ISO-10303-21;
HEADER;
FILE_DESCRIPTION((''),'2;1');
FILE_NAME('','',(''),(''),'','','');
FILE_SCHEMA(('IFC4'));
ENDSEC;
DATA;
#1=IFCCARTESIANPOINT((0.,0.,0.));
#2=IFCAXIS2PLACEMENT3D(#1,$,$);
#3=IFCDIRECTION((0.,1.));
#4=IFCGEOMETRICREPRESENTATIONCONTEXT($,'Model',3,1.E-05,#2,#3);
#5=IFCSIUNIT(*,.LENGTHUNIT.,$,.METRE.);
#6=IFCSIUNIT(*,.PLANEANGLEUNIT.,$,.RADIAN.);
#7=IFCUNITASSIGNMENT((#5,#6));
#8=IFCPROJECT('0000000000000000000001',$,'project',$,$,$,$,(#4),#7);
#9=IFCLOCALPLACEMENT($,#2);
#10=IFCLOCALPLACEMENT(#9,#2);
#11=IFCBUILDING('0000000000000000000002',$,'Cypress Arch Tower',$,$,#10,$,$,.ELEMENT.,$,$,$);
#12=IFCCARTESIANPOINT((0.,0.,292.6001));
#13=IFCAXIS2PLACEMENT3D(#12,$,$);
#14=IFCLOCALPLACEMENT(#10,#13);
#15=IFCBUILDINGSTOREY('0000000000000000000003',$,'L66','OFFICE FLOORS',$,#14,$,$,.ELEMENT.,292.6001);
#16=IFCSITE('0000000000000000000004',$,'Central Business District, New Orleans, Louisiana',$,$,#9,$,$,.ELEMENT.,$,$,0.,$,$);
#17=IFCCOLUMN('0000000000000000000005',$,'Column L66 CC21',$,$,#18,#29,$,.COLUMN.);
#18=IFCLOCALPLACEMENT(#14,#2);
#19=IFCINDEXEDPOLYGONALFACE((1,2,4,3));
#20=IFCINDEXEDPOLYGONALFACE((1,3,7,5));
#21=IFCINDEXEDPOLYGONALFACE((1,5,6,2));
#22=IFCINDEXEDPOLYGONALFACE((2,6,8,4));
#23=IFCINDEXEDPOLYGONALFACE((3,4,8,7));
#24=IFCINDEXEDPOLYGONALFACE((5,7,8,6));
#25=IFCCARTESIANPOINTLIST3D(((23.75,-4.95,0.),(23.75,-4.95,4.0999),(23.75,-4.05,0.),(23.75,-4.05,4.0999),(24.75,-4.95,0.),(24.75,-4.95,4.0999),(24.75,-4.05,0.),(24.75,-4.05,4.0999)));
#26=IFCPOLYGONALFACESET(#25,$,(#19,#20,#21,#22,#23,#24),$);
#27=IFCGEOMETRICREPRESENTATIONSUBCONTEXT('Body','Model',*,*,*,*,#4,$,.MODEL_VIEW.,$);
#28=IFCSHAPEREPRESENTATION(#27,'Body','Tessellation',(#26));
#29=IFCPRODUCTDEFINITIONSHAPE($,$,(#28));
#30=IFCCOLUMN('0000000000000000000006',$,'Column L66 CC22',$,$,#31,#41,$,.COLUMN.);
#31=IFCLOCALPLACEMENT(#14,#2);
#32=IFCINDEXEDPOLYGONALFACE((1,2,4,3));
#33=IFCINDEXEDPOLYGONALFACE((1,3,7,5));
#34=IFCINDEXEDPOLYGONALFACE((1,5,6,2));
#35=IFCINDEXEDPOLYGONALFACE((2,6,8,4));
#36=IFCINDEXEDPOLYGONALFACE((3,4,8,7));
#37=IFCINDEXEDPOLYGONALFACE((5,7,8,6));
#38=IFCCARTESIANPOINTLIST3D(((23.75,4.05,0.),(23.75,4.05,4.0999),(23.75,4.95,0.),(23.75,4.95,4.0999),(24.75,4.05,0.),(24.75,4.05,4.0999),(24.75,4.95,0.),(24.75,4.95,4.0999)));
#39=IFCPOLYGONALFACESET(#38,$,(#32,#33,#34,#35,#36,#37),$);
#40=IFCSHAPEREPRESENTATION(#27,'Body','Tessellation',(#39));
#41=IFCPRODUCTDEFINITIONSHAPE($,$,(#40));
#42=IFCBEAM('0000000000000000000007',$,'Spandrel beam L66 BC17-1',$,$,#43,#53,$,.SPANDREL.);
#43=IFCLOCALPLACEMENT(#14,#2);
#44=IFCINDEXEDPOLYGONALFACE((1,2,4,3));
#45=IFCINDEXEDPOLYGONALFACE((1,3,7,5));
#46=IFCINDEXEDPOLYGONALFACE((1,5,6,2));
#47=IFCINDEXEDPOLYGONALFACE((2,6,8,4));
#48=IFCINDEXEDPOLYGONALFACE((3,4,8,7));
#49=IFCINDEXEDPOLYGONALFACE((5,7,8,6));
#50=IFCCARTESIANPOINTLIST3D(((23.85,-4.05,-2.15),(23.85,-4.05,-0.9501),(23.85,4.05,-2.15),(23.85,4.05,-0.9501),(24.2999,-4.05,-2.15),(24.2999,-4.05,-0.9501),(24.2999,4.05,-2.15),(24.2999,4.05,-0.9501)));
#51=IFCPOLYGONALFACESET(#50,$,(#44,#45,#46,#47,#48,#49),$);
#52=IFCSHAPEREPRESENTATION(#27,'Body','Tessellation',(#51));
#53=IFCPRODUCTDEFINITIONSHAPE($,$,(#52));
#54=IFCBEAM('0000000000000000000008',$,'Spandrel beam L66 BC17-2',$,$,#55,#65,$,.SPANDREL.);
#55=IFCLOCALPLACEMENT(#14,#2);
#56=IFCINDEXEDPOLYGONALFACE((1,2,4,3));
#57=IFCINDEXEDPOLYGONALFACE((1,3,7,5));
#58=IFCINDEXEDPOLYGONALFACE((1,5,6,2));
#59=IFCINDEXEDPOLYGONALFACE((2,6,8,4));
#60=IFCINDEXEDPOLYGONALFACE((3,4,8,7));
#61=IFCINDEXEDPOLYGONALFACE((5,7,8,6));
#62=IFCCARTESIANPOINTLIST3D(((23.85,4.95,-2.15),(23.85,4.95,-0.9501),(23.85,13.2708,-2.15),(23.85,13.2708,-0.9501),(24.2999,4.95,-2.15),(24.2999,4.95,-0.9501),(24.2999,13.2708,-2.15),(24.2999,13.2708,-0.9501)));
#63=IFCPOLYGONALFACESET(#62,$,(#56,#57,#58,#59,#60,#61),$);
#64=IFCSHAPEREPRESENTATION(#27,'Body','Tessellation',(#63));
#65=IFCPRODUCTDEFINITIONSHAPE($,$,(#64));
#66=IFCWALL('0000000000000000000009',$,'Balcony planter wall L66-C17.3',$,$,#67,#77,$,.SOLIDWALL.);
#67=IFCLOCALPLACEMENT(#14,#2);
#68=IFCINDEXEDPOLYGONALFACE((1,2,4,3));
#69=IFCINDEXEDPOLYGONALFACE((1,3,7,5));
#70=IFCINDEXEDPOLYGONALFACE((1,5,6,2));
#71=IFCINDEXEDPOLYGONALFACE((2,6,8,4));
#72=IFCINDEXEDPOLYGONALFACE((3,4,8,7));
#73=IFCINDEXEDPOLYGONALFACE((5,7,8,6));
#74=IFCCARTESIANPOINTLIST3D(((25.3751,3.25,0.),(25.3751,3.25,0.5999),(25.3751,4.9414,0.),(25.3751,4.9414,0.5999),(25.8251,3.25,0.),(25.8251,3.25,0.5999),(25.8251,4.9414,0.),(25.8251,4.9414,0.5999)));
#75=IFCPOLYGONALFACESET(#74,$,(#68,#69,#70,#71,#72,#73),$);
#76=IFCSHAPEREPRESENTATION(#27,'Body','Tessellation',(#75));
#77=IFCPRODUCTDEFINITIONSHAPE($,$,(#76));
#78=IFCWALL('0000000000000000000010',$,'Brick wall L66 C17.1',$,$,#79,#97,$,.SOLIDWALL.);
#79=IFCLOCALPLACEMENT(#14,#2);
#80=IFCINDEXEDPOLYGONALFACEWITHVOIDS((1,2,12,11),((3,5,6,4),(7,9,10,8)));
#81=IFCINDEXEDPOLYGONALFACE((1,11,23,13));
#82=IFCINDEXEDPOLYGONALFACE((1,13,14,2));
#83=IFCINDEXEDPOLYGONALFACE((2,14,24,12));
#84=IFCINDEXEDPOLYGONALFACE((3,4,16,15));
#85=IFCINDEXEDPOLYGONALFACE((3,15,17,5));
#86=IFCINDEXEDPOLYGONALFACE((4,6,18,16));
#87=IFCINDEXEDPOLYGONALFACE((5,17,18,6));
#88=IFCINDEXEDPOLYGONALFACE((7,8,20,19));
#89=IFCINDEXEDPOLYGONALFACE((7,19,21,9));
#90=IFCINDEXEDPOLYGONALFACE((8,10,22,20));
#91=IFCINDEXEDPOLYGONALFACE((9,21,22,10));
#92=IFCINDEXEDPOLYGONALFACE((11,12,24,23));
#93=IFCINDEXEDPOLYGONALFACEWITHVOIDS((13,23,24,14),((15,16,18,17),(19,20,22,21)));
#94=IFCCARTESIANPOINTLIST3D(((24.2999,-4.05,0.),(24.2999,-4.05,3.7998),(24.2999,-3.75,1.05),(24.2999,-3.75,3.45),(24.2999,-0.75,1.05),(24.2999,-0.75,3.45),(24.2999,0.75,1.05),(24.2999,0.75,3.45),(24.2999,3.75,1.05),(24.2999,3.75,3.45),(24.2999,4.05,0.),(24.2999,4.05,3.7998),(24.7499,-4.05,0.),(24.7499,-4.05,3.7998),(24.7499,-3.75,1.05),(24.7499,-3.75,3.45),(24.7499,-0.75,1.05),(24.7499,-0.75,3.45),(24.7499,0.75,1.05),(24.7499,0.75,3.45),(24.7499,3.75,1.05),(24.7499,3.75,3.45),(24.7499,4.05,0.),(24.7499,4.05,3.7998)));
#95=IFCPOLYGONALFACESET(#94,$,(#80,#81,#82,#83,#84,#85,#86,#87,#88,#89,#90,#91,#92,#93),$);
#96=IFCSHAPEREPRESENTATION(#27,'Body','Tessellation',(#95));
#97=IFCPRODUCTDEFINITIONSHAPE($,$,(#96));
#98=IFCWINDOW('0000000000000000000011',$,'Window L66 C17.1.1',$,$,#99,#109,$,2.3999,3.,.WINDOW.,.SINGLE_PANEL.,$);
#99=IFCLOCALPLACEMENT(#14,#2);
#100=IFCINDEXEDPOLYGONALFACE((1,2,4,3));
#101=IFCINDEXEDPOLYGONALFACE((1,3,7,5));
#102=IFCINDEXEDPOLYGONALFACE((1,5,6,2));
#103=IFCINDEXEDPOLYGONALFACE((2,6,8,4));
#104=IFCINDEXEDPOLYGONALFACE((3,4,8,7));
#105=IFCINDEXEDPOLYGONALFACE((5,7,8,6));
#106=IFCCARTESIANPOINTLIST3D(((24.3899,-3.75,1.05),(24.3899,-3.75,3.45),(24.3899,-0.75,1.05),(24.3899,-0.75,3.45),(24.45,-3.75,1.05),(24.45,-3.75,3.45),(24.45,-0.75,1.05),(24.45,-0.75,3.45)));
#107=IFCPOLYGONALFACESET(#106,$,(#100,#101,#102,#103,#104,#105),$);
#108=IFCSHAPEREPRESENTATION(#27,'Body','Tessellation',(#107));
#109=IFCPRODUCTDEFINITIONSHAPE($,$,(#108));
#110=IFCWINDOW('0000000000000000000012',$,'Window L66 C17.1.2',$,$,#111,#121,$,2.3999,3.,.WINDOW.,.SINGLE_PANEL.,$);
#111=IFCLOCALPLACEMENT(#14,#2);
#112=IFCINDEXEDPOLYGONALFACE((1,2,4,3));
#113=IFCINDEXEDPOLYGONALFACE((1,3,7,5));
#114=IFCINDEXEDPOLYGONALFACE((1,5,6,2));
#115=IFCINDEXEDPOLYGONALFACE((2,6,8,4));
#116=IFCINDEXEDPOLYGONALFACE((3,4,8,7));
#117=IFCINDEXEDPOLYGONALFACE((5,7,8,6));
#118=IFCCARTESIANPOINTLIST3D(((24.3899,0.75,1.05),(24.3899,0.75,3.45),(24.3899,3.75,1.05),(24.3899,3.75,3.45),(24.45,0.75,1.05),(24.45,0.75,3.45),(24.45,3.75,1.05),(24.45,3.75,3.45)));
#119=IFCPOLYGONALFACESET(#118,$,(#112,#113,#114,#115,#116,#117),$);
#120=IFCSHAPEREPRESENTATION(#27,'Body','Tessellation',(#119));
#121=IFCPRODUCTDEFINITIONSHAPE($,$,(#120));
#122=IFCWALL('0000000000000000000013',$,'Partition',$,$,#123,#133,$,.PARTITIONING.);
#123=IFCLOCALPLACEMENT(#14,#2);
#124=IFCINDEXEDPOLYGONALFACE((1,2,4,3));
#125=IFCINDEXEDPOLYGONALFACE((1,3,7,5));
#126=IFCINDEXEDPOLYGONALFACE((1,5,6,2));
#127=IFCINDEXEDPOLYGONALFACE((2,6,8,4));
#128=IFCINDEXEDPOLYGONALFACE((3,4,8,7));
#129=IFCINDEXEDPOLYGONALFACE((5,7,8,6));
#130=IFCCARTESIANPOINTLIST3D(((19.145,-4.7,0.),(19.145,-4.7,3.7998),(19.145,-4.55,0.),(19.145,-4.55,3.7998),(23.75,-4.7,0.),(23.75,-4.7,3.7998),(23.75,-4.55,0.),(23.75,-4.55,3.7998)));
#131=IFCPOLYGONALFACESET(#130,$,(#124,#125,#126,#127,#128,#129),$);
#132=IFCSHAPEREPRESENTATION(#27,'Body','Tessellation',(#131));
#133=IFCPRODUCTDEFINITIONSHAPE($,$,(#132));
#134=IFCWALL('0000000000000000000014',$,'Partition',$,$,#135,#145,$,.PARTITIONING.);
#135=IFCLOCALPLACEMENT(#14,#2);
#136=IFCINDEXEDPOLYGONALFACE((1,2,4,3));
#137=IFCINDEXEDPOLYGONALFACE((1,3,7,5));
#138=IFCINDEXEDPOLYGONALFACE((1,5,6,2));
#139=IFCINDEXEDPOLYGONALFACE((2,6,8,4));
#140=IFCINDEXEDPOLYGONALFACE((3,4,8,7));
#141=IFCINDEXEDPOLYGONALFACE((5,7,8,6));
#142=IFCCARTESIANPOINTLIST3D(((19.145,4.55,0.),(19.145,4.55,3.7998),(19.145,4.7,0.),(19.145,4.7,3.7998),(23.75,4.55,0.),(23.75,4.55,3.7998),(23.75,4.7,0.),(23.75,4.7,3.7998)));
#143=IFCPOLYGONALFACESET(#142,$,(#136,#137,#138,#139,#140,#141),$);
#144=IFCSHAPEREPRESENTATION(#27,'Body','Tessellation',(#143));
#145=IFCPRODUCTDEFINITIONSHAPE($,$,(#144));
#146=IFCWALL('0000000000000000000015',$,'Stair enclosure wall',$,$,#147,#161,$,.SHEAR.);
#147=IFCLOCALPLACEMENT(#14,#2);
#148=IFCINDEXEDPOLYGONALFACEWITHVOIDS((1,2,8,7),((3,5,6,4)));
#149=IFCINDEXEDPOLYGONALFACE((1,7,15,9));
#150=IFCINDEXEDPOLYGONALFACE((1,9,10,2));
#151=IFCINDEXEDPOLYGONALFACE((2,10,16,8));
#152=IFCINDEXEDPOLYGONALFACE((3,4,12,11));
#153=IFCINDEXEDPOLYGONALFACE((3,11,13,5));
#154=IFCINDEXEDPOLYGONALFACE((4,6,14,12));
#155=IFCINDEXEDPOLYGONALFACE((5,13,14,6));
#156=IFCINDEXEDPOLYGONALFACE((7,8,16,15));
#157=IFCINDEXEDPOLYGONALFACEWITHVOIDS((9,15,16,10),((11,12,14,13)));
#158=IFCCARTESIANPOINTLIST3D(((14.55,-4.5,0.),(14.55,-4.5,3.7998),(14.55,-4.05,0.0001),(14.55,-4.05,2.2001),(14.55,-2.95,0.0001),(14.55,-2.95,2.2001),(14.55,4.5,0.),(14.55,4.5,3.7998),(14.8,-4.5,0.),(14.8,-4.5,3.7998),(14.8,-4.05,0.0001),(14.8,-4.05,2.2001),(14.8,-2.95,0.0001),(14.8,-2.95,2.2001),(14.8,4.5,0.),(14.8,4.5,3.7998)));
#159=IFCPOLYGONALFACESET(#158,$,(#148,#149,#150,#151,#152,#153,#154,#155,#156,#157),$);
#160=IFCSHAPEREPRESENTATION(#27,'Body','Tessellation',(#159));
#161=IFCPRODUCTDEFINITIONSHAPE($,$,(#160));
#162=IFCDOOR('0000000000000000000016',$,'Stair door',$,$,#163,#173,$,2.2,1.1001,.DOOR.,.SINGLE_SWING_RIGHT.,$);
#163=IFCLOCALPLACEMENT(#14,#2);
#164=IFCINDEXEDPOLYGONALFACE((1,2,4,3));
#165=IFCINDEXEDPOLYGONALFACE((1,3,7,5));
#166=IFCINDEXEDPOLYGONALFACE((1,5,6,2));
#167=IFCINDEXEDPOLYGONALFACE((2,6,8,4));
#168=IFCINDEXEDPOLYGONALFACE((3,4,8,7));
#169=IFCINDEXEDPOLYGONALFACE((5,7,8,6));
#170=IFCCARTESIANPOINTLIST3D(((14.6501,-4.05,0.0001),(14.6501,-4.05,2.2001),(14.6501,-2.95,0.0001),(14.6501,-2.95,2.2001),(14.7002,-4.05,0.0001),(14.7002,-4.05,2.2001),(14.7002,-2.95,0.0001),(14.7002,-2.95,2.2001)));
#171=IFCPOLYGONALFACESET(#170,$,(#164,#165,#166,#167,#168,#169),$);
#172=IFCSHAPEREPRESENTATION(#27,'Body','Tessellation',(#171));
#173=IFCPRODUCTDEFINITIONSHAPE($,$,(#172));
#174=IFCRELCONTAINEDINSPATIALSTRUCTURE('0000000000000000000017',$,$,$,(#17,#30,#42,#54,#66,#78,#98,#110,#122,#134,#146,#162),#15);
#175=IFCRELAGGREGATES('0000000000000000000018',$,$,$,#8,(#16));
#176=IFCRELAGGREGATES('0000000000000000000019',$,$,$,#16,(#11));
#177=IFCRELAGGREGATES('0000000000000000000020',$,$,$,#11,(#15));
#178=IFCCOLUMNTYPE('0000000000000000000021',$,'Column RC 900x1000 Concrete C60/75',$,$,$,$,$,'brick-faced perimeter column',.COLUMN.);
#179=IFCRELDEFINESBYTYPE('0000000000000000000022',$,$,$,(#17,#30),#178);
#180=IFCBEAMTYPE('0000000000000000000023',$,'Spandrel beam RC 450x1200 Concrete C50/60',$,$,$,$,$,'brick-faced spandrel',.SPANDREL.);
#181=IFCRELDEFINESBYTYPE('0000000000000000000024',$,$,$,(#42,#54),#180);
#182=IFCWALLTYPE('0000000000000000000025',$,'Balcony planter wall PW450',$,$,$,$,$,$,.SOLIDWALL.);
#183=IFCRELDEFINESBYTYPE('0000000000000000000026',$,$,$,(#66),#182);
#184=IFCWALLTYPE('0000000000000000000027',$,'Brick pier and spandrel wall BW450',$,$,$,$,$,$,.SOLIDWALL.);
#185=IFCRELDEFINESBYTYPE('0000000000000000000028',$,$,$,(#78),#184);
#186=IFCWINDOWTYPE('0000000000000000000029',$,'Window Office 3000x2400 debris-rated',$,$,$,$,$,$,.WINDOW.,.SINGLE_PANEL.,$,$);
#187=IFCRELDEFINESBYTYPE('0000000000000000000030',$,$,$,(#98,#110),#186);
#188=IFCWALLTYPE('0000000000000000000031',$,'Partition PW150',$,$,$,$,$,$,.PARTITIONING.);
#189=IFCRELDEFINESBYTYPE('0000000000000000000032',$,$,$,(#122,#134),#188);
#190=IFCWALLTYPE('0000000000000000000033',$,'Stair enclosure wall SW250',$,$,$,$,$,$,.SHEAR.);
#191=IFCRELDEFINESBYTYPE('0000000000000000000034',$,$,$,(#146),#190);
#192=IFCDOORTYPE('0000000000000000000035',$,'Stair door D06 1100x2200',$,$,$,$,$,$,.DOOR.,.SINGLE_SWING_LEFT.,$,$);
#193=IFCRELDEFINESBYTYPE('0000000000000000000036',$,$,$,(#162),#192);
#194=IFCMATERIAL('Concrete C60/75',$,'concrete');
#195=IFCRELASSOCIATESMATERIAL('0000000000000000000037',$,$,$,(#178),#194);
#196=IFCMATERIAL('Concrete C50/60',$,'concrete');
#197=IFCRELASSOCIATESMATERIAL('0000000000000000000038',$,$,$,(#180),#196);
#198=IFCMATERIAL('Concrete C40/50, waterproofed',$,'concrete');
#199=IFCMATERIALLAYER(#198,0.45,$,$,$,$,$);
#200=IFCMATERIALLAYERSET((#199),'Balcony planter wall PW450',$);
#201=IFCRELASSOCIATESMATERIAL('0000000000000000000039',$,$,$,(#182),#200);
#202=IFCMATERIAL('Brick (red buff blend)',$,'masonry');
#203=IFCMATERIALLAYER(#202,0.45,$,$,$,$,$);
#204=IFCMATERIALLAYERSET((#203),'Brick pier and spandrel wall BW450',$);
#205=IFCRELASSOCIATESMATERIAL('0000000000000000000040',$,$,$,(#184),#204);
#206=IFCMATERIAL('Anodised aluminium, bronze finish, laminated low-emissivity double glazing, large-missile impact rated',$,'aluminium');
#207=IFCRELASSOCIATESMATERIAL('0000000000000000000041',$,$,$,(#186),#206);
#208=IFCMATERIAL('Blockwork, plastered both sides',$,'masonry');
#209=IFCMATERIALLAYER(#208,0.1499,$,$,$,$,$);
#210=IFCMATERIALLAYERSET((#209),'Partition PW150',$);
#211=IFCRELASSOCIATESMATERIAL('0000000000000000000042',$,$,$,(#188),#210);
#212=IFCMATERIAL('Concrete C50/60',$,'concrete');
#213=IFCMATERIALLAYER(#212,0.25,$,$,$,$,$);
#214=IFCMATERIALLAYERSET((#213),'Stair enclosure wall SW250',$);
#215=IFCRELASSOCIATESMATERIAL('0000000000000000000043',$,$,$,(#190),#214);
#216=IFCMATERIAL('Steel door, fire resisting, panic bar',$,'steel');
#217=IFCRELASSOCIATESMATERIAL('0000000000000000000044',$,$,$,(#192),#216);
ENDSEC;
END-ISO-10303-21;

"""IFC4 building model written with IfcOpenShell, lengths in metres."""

from ifc_helpers import new_model, si_unit, direction, frame, frame_2d, origin, origin_2d, place, context, subcontext, project, spatial, rectangle, extrude, material, layer, layer_set, material_profile, profile_set, type_object, element, fill, save


model = new_model("IFC4")

# Units and contexts
model_context = context("Model", 3, precision=1e-05, world=origin(), true_north=direction((0.0, 1.0)))
body_context = subcontext(model_context, "Body", "Model", "MODEL_VIEW")
ifc_project = project(units=[si_unit("LENGTHUNIT", "METRE"), si_unit("PLANEANGLEUNIT", "RADIAN")], contexts=[model_context])

# Site, building, storey
site_placement = place(None, origin())
site = spatial("IfcSite", under=ifc_project, at=site_placement, Name="Central Business District, New Orleans, Louisiana", CompositionType="ELEMENT", RefElevation=0.0)
building_placement = place(site_placement, origin())
building = spatial("IfcBuilding", under=site, at=building_placement, Name="Cypress Arch Tower", CompositionType="ELEMENT")
storey_placement = place(building_placement, frame((0.0, 0.0, 292.6001)))
storey = spatial("IfcBuildingStorey", under=building, at=storey_placement, Name="L66", Description="OFFICE FLOORS", CompositionType="ELEMENT", Elevation=292.6001)

# Columns
ifc_material_1 = material(Name="Concrete C60/75", Category="concrete")
ifc_material_profile_1 = material_profile(ifc_material_1, rectangle(XDim=0.8999, YDim=1.0, at=origin_2d()), Name="RC 900x1000")
ifc_profile_set_1 = profile_set([ifc_material_profile_1], Name="Concrete C60/75")
column_type = type_object("IfcColumnType", Name="Column RC 900x1000 Concrete C60/75", ElementType="brick-faced perimeter column", PredefinedType="COLUMN", material=ifc_profile_set_1)
for number, where, z_axis, x_axis, name in (
    (1, (24.25, -4.5, 0.0), (0.0, 0.0, 1.0), (0.0, 1.0, 0.0), "Column L66 CC21"),
    (2, (24.25, 4.5, 0.0), (0.0, 0.0, 1.0), (0.0, 1.0, 0.0), "Column L66 CC22"),
):
    element("IfcColumn", number, at=place(storey_placement, frame(where, z_axis=z_axis, x_axis=x_axis)), inside=storey, type_object=column_type, Name=name, PredefinedType="COLUMN", context=body_context, shape_type="SweptSolid", body=[
        extrude(rectangle(XDim=0.8999, YDim=1.0, at=origin_2d()), origin(), (0.0, 0.0, 1.0), 4.0999),
    ])

# Beams
ifc_material_2 = material(Name="Concrete C50/60", Category="concrete")
ifc_material_profile_2 = material_profile(ifc_material_2, rectangle(XDim=0.45, YDim=1.2, at=origin_2d()), Name="RC 450x1200")
ifc_profile_set_2 = profile_set([ifc_material_profile_2], Name="Concrete C50/60")
beam_type = type_object("IfcBeamType", Name="Spandrel beam RC 450x1200 Concrete C50/60", ElementType="brick-faced spandrel", PredefinedType="SPANDREL", material=ifc_profile_set_2)
beam_1_placement = place(storey_placement, frame((24.075, -4.05, -1.55), z_axis=(0.0, 1.0, 0.0), x_axis=(-1.0, 0.0, 0.0)))
element("IfcBeam", 3, at=beam_1_placement, inside=storey, type_object=beam_type, Name="Spandrel beam L66 BC17-1", PredefinedType="SPANDREL", context=body_context, shape_type="SweptSolid", body=[
    extrude(rectangle(XDim=0.45, YDim=1.2, at=origin_2d()), origin(), (0.0, 0.0, 1.0), 8.1001),
])
beam_2_placement = place(storey_placement, frame((24.075, 4.95, -1.55), z_axis=(0.0, 1.0, 0.0), x_axis=(-1.0, 0.0, 0.0)))
element("IfcBeam", 4, at=beam_2_placement, inside=storey, type_object=beam_type, Name="Spandrel beam L66 BC17-2", PredefinedType="SPANDREL", context=body_context, shape_type="SweptSolid", body=[
    extrude(rectangle(XDim=0.45, YDim=1.2, at=origin_2d()), origin(), (0.0, 0.0, 1.0), 8.3208),
])

# Wall
ifc_material_3 = material(Name="Concrete C40/50, waterproofed", Category="concrete")
ifc_layer_1 = layer(ifc_material_3, 0.45)
ifc_layer_set_1 = layer_set([ifc_layer_1], Name="Balcony planter wall PW450")
wall_type_1 = type_object("IfcWallType", Name="Balcony planter wall PW450", PredefinedType="SOLIDWALL", material=ifc_layer_set_1)
wall_1_placement = place(storey_placement, frame((25.6001, 3.25, 0.0), z_axis=(0.0, 0.0, 1.0), x_axis=(0.0, 1.0, 0.0)))
element("IfcWall", 5, at=wall_1_placement, inside=storey, type_object=wall_type_1, Name="Balcony planter wall L66-C17.3", PredefinedType="SOLIDWALL", context=body_context, shape_type="SweptSolid", body=[
    extrude(rectangle(XDim=1.6914, YDim=0.45, at=frame_2d((0.8457, 0.0))), origin(), (0.0, 0.0, 1.0), 0.5999),
])

# Wall, openings, windows
ifc_material_4 = material(Name="Brick (red buff blend)", Category="masonry")
ifc_layer_2 = layer(ifc_material_4, 0.45)
ifc_layer_set_2 = layer_set([ifc_layer_2], Name="Brick pier and spandrel wall BW450")
wall_type_2 = type_object("IfcWallType", Name="Brick pier and spandrel wall BW450", PredefinedType="SOLIDWALL", material=ifc_layer_set_2)
wall_2_placement = place(storey_placement, frame((24.5249, -4.05, 0.0), z_axis=(0.0, 0.0, 1.0), x_axis=(0.0, 1.0, 0.0)))
wall_2 = element("IfcWall", 6, at=wall_2_placement, inside=storey, type_object=wall_type_2, Name="Brick wall L66 C17.1", PredefinedType="SOLIDWALL", context=body_context, shape_type="SweptSolid", body=[
    extrude(rectangle(XDim=8.1001, YDim=0.45, at=frame_2d((4.05, 0.0))), origin(), (0.0, 0.0, 1.0), 3.7998),
])
opening_1_placement = place(wall_2_placement, frame((0.3, 0.0, 1.05)))
opening_1 = element("IfcOpeningElement", 7, at=opening_1_placement, cuts=wall_2, PredefinedType="OPENING", context=body_context, shape_type="SweptSolid", body=[
    extrude(rectangle(XDim=3.0, YDim=2.3999, at=frame_2d((1.5, 1.2))), frame((0.0, 0.2349, 0.0), z_axis=(0.0, -1.0, 0.0), x_axis=(1.0, 0.0, 0.0)), (0.0, 0.0, 1.0), 0.47),
])
opening_2_placement = place(wall_2_placement, frame((4.8, 0.0, 1.05)))
opening_2 = element("IfcOpeningElement", 8, at=opening_2_placement, cuts=wall_2, PredefinedType="OPENING", context=body_context, shape_type="SweptSolid", body=[
    extrude(rectangle(XDim=3.0, YDim=2.3999, at=frame_2d((1.5, 1.2))), frame((0.0, 0.2349, 0.0), z_axis=(0.0, -1.0, 0.0), x_axis=(1.0, 0.0, 0.0)), (0.0, 0.0, 1.0), 0.47),
])
ifc_material_5 = material(Name="Anodised aluminium, bronze finish, laminated low-emissivity double glazing, large-missile impact rated", Category="aluminium")
window_type = type_object("IfcWindowType", Name="Window Office 3000x2400 debris-rated", PartitioningType="SINGLE_PANEL", PredefinedType="WINDOW", material=ifc_material_5)
window_1_placement = place(opening_1_placement, origin())
window_1 = element("IfcWindow", 9, at=window_1_placement, inside=storey, type_object=window_type, Name="Window L66 C17.1.1", OverallHeight=2.3999, OverallWidth=3.0, PartitioningType="SINGLE_PANEL", PredefinedType="WINDOW", context=body_context, shape_type="SweptSolid", body=[
    extrude(rectangle(XDim=3.0, YDim=2.3999, at=frame_2d((1.5, 1.2))), frame((0.0, 0.135, 0.0), z_axis=(0.0, -1.0, 0.0), x_axis=(1.0, 0.0, 0.0)), (0.0, 0.0, 1.0), 0.0601),
])
fill(opening_1, window_1)
window_2_placement = place(opening_2_placement, origin())
window_2 = element("IfcWindow", 10, at=window_2_placement, inside=storey, type_object=window_type, Name="Window L66 C17.1.2", OverallHeight=2.3999, OverallWidth=3.0, PartitioningType="SINGLE_PANEL", PredefinedType="WINDOW", context=body_context, shape_type="SweptSolid", body=[
    extrude(rectangle(XDim=3.0, YDim=2.3999, at=frame_2d((1.5, 1.2))), frame((0.0, 0.135, 0.0), z_axis=(0.0, -1.0, 0.0), x_axis=(1.0, 0.0, 0.0)), (0.0, 0.0, 1.0), 0.0601),
])
fill(opening_2, window_2)

# Walls
ifc_material_6 = material(Name="Blockwork, plastered both sides", Category="masonry")
ifc_layer_3 = layer(ifc_material_6, 0.1499)
ifc_layer_set_3 = layer_set([ifc_layer_3], Name="Partition PW150")
wall_type_3 = type_object("IfcWallType", Name="Partition PW150", PredefinedType="PARTITIONING", material=ifc_layer_set_3)
for number, where, z_axis, x_axis, name in (
    (11, (19.145, -4.625, 0.0), (0.0, 0.0, 1.0), (1.0, 0.0, 0.0), "Partition"),
    (12, (19.145, 4.625, 0.0), (0.0, 0.0, 1.0), (1.0, 0.0, 0.0), "Partition"),
):
    element("IfcWall", number, at=place(storey_placement, frame(where, z_axis=z_axis, x_axis=x_axis)), inside=storey, type_object=wall_type_3, Name=name, PredefinedType="PARTITIONING", context=body_context, shape_type="SweptSolid", body=[
        extrude(rectangle(XDim=4.605, YDim=0.1499, at=frame_2d((2.3025, 0.0))), origin(), (0.0, 0.0, 1.0), 3.7998),
    ])

# Wall, opening, door
ifc_material_7 = material(Name="Concrete C50/60", Category="concrete")
ifc_layer_4 = layer(ifc_material_7, 0.25)
ifc_layer_set_4 = layer_set([ifc_layer_4], Name="Stair enclosure wall SW250")
wall_type_4 = type_object("IfcWallType", Name="Stair enclosure wall SW250", PredefinedType="SHEAR", material=ifc_layer_set_4)
wall_3_placement = place(storey_placement, frame((14.675, -4.5, 0.0), z_axis=(0.0, 0.0, 1.0), x_axis=(0.0, 1.0, 0.0)))
wall_3 = element("IfcWall", 13, at=wall_3_placement, inside=storey, type_object=wall_type_4, Name="Stair enclosure wall", PredefinedType="SHEAR", context=body_context, shape_type="SweptSolid", body=[
    extrude(rectangle(XDim=9.0, YDim=0.25, at=frame_2d((4.5, 0.0))), origin(), (0.0, 0.0, 1.0), 3.7998),
])
opening_3_placement = place(wall_3_placement, frame((0.45, 0.0, 0.0)))
opening_3 = element("IfcOpeningElement", 14, at=opening_3_placement, cuts=wall_3, PredefinedType="OPENING", context=body_context, shape_type="SweptSolid", body=[
    extrude(rectangle(XDim=1.1001, YDim=2.2, at=frame_2d((0.55, 1.1001))), frame((0.0, 0.135, 0.0), z_axis=(0.0, -1.0, 0.0), x_axis=(1.0, 0.0, 0.0)), (0.0, 0.0, 1.0), 0.27),
])
ifc_material_8 = material(Name="Steel door, fire resisting, panic bar", Category="steel")
door_type = type_object("IfcDoorType", Name="Stair door D06 1100x2200", OperationType="SINGLE_SWING_LEFT", PredefinedType="DOOR", material=ifc_material_8)
door_placement = place(opening_3_placement, origin())
door = element("IfcDoor", 15, at=door_placement, inside=storey, type_object=door_type, Name="Stair door", OperationType="SINGLE_SWING_RIGHT", OverallHeight=2.2, OverallWidth=1.1001, PredefinedType="DOOR", context=body_context, shape_type="SweptSolid", body=[
    extrude(rectangle(XDim=1.1001, YDim=2.2, at=frame_2d((0.55, 1.1001))), frame((0.0, 0.0249, 0.0), z_axis=(0.0, -1.0, 0.0), x_axis=(1.0, 0.0, 0.0)), (0.0, 0.0, 1.0), 0.05),
])
fill(opening_3, door)

save(model, "model.ifc")
